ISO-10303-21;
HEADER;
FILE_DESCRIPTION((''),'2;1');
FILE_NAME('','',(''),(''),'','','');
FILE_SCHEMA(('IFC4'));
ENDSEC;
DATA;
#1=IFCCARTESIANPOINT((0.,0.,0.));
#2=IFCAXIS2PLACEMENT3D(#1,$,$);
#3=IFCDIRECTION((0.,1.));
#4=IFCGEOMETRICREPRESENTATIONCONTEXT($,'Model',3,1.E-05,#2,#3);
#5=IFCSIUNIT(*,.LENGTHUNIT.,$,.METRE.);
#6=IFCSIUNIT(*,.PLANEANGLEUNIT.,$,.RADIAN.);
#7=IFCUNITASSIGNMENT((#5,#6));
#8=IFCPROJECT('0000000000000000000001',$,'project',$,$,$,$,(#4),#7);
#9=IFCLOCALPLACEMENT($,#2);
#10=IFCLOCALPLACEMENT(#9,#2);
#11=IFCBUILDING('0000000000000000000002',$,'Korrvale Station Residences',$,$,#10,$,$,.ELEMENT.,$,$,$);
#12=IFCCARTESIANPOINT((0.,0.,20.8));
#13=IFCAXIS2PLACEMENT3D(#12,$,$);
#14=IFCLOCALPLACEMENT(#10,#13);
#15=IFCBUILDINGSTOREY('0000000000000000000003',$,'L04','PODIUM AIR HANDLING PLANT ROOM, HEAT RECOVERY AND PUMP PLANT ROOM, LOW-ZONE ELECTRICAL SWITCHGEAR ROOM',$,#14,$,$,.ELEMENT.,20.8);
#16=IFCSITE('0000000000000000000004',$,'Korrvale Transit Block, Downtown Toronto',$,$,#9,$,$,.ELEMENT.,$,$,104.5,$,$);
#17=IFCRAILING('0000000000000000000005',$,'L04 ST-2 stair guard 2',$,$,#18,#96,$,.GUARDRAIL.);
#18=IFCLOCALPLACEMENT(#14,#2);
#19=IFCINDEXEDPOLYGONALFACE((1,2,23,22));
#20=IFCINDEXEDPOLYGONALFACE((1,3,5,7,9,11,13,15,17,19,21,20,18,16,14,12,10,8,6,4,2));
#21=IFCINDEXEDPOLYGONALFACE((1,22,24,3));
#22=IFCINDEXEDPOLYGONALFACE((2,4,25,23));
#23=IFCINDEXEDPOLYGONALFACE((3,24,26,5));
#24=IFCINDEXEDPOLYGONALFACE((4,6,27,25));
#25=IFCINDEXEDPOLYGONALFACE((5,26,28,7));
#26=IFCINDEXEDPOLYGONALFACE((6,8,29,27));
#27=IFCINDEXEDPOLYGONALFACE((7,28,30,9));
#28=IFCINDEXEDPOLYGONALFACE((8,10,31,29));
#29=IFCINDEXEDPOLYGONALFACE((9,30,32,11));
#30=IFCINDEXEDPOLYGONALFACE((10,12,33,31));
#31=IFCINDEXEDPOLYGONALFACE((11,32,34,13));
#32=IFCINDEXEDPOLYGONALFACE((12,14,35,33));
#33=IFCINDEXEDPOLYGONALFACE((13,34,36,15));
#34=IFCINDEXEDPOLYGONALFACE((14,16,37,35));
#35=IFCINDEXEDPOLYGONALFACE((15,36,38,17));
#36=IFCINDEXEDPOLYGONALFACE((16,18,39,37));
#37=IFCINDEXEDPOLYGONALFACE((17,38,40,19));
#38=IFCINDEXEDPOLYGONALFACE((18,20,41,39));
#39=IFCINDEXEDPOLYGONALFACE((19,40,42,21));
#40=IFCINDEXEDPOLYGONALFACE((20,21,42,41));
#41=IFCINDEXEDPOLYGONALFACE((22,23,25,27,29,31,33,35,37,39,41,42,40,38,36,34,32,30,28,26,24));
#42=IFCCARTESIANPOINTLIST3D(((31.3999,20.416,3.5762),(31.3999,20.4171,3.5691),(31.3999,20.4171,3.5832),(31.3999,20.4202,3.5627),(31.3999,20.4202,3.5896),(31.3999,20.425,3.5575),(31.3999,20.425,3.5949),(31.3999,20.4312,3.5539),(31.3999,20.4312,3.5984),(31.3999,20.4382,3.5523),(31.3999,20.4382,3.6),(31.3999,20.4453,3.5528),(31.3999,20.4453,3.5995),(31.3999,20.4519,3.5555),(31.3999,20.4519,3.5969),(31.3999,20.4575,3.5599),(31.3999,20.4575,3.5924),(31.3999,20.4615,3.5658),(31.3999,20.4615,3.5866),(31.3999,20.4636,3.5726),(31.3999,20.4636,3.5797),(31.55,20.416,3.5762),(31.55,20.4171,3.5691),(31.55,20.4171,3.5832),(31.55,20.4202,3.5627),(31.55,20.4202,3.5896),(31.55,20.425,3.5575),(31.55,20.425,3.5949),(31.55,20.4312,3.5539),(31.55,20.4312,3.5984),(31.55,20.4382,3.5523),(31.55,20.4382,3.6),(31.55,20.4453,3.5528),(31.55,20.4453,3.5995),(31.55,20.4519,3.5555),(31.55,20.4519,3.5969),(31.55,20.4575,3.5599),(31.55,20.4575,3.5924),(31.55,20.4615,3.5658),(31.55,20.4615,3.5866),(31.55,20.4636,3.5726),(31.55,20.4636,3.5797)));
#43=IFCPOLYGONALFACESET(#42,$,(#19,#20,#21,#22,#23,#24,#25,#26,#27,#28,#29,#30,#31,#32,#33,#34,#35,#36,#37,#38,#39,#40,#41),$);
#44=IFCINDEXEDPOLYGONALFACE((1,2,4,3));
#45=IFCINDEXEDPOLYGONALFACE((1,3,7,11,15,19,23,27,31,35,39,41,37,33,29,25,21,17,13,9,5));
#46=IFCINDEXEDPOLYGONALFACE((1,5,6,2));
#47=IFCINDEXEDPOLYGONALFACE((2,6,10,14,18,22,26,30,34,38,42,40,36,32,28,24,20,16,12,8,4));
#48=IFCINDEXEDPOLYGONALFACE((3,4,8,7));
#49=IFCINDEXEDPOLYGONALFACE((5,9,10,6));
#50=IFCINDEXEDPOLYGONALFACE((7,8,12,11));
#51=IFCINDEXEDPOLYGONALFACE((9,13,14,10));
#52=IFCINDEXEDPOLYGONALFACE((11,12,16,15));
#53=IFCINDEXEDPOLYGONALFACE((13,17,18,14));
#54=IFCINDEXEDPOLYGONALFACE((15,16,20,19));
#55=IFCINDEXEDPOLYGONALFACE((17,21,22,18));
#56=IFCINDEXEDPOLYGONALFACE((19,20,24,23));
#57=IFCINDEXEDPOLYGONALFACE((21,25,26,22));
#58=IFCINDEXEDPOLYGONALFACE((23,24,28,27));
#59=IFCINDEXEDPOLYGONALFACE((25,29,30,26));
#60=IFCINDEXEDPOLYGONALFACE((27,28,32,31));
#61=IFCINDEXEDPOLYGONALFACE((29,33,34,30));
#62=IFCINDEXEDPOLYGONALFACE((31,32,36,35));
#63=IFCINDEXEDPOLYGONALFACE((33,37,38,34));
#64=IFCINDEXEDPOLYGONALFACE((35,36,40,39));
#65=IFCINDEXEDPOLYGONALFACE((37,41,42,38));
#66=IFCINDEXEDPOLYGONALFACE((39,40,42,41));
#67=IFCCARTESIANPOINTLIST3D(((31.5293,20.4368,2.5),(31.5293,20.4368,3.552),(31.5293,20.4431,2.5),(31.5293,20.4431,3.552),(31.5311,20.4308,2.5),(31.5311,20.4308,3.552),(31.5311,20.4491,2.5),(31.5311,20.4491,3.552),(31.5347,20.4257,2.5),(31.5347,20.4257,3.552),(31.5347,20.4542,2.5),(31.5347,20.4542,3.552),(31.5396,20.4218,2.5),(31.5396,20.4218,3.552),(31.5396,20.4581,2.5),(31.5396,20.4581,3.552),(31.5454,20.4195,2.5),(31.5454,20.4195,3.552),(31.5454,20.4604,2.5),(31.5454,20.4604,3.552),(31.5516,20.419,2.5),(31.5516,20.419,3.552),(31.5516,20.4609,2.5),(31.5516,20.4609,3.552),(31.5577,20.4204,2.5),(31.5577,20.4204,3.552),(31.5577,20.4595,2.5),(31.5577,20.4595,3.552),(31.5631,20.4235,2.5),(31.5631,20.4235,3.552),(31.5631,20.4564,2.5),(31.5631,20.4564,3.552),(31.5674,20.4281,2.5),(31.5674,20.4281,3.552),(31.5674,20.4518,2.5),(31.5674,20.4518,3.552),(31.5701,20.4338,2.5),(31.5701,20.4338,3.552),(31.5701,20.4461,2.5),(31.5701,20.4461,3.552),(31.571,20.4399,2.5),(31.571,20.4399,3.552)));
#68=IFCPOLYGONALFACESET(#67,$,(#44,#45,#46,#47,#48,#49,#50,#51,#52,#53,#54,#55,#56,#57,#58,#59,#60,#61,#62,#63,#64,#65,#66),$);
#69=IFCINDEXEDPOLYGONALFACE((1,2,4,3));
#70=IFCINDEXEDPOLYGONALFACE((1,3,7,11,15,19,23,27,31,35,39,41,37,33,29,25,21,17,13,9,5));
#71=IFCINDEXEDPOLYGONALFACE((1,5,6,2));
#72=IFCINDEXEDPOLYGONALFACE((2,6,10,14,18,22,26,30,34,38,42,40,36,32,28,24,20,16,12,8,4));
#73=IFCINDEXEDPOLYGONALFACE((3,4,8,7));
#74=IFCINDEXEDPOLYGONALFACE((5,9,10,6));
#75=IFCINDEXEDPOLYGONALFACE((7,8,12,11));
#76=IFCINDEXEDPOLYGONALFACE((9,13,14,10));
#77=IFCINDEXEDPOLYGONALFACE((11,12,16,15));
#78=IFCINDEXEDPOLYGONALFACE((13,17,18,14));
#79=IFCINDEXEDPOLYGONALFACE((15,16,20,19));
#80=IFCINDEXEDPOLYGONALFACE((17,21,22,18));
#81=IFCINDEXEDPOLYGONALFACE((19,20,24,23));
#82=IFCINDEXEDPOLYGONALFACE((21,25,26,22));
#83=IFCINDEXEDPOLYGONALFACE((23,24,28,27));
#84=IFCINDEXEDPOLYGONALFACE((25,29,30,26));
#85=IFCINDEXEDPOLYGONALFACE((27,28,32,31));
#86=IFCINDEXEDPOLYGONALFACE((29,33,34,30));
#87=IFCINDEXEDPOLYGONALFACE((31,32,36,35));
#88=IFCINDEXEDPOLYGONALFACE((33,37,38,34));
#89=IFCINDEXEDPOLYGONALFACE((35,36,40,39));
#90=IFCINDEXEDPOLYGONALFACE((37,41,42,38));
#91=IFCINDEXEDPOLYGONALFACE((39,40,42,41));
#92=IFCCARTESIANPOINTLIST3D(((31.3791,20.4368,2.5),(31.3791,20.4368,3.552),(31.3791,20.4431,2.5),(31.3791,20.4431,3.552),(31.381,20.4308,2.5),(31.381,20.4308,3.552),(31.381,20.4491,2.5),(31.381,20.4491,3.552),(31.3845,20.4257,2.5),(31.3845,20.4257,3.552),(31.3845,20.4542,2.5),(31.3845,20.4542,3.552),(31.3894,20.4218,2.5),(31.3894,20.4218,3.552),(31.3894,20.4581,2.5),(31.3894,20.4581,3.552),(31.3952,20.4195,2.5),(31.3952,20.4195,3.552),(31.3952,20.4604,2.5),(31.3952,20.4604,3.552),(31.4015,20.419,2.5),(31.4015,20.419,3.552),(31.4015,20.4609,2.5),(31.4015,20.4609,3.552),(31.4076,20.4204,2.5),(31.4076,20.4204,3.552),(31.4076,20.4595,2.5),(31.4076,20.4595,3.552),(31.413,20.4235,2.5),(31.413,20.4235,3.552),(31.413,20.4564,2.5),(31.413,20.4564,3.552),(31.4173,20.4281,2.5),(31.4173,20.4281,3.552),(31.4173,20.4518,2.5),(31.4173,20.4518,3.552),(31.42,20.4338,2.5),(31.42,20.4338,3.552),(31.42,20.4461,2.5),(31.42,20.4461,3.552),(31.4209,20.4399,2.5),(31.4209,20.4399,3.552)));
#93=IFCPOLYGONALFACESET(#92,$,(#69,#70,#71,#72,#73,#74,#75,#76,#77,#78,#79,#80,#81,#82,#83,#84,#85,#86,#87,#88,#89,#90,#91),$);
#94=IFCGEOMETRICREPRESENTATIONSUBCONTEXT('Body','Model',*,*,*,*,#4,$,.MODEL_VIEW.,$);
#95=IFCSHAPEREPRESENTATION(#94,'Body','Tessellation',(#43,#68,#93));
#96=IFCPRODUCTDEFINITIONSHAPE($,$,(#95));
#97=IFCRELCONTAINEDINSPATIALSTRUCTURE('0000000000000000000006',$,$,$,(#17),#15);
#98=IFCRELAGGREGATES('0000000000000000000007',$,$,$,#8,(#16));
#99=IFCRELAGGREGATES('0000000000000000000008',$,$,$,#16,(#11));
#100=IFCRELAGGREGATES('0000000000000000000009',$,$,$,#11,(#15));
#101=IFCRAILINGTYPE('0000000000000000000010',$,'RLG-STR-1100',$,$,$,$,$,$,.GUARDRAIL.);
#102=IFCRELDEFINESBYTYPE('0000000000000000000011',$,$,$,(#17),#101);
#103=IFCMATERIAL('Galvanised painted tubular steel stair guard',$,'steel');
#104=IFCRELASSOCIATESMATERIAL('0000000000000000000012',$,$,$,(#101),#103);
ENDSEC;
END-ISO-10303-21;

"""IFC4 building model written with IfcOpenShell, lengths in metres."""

from ifc_helpers import new_model, si_unit, direction, frame, origin, origin_2d, place, context, subcontext, project, spatial, circle, extrude, material, type_object, element, save


model = new_model("IFC4")

# Units and contexts
model_context = context("Model", 3, precision=1e-05, world=origin(), true_north=direction((0.0, 1.0)))
body_context = subcontext(model_context, "Body", "Model", "MODEL_VIEW")
ifc_project = project(units=[si_unit("LENGTHUNIT", "METRE"), si_unit("PLANEANGLEUNIT", "RADIAN")], contexts=[model_context])

# Site, building, storey
site_placement = place(None, origin())
site = spatial("IfcSite", under=ifc_project, at=site_placement, Name="Korrvale Transit Block, Downtown Toronto", CompositionType="ELEMENT", RefElevation=104.5)
building_placement = place(site_placement, origin())
building = spatial("IfcBuilding", under=site, at=building_placement, Name="Korrvale Station Residences", CompositionType="ELEMENT")
storey_placement = place(building_placement, frame((0.0, 0.0, 20.8)))
storey = spatial("IfcBuildingStorey", under=building, at=storey_placement, Name="L04", Description="PODIUM AIR HANDLING PLANT ROOM, HEAT RECOVERY AND PUMP PLANT ROOM, LOW-ZONE ELECTRICAL SWITCHGEAR ROOM", CompositionType="ELEMENT", Elevation=20.8)

# Railing
ifc_material_1 = material(Name="Galvanised painted tubular steel stair guard", Category="steel")
railing_type_1 = type_object("IfcRailingType", Name="RLG-STR-1100", PredefinedType="GUARDRAIL", material=ifc_material_1)
railing_1_placement = place(storey_placement, frame((31.55, 20.4399, 2.5)))
element("IfcRailing", 1, at=railing_1_placement, inside=storey, type_object=railing_type_1, Name="L04 ST-2 stair guard 2", PredefinedType="GUARDRAIL", context=body_context, shape_type="SweptSolid", body=[
    extrude(circle(Radius=0.0239, at=origin_2d()), frame((0.0, 0.0, 1.0762), z_axis=(-1.0, 0.0, 0.0), x_axis=(0.0, -1.0, 0.0)), (0.0, 0.0, 1.0), 0.1501),
    extrude(circle(Radius=0.021, at=origin_2d()), origin(), (0.0, 0.0, 1.0), 1.052),
    extrude(circle(Radius=0.021, at=origin_2d()), frame((-0.1501, 0.0, 0.0)), (0.0, 0.0, 1.0), 1.052),
])

save(model, "model.ifc")
